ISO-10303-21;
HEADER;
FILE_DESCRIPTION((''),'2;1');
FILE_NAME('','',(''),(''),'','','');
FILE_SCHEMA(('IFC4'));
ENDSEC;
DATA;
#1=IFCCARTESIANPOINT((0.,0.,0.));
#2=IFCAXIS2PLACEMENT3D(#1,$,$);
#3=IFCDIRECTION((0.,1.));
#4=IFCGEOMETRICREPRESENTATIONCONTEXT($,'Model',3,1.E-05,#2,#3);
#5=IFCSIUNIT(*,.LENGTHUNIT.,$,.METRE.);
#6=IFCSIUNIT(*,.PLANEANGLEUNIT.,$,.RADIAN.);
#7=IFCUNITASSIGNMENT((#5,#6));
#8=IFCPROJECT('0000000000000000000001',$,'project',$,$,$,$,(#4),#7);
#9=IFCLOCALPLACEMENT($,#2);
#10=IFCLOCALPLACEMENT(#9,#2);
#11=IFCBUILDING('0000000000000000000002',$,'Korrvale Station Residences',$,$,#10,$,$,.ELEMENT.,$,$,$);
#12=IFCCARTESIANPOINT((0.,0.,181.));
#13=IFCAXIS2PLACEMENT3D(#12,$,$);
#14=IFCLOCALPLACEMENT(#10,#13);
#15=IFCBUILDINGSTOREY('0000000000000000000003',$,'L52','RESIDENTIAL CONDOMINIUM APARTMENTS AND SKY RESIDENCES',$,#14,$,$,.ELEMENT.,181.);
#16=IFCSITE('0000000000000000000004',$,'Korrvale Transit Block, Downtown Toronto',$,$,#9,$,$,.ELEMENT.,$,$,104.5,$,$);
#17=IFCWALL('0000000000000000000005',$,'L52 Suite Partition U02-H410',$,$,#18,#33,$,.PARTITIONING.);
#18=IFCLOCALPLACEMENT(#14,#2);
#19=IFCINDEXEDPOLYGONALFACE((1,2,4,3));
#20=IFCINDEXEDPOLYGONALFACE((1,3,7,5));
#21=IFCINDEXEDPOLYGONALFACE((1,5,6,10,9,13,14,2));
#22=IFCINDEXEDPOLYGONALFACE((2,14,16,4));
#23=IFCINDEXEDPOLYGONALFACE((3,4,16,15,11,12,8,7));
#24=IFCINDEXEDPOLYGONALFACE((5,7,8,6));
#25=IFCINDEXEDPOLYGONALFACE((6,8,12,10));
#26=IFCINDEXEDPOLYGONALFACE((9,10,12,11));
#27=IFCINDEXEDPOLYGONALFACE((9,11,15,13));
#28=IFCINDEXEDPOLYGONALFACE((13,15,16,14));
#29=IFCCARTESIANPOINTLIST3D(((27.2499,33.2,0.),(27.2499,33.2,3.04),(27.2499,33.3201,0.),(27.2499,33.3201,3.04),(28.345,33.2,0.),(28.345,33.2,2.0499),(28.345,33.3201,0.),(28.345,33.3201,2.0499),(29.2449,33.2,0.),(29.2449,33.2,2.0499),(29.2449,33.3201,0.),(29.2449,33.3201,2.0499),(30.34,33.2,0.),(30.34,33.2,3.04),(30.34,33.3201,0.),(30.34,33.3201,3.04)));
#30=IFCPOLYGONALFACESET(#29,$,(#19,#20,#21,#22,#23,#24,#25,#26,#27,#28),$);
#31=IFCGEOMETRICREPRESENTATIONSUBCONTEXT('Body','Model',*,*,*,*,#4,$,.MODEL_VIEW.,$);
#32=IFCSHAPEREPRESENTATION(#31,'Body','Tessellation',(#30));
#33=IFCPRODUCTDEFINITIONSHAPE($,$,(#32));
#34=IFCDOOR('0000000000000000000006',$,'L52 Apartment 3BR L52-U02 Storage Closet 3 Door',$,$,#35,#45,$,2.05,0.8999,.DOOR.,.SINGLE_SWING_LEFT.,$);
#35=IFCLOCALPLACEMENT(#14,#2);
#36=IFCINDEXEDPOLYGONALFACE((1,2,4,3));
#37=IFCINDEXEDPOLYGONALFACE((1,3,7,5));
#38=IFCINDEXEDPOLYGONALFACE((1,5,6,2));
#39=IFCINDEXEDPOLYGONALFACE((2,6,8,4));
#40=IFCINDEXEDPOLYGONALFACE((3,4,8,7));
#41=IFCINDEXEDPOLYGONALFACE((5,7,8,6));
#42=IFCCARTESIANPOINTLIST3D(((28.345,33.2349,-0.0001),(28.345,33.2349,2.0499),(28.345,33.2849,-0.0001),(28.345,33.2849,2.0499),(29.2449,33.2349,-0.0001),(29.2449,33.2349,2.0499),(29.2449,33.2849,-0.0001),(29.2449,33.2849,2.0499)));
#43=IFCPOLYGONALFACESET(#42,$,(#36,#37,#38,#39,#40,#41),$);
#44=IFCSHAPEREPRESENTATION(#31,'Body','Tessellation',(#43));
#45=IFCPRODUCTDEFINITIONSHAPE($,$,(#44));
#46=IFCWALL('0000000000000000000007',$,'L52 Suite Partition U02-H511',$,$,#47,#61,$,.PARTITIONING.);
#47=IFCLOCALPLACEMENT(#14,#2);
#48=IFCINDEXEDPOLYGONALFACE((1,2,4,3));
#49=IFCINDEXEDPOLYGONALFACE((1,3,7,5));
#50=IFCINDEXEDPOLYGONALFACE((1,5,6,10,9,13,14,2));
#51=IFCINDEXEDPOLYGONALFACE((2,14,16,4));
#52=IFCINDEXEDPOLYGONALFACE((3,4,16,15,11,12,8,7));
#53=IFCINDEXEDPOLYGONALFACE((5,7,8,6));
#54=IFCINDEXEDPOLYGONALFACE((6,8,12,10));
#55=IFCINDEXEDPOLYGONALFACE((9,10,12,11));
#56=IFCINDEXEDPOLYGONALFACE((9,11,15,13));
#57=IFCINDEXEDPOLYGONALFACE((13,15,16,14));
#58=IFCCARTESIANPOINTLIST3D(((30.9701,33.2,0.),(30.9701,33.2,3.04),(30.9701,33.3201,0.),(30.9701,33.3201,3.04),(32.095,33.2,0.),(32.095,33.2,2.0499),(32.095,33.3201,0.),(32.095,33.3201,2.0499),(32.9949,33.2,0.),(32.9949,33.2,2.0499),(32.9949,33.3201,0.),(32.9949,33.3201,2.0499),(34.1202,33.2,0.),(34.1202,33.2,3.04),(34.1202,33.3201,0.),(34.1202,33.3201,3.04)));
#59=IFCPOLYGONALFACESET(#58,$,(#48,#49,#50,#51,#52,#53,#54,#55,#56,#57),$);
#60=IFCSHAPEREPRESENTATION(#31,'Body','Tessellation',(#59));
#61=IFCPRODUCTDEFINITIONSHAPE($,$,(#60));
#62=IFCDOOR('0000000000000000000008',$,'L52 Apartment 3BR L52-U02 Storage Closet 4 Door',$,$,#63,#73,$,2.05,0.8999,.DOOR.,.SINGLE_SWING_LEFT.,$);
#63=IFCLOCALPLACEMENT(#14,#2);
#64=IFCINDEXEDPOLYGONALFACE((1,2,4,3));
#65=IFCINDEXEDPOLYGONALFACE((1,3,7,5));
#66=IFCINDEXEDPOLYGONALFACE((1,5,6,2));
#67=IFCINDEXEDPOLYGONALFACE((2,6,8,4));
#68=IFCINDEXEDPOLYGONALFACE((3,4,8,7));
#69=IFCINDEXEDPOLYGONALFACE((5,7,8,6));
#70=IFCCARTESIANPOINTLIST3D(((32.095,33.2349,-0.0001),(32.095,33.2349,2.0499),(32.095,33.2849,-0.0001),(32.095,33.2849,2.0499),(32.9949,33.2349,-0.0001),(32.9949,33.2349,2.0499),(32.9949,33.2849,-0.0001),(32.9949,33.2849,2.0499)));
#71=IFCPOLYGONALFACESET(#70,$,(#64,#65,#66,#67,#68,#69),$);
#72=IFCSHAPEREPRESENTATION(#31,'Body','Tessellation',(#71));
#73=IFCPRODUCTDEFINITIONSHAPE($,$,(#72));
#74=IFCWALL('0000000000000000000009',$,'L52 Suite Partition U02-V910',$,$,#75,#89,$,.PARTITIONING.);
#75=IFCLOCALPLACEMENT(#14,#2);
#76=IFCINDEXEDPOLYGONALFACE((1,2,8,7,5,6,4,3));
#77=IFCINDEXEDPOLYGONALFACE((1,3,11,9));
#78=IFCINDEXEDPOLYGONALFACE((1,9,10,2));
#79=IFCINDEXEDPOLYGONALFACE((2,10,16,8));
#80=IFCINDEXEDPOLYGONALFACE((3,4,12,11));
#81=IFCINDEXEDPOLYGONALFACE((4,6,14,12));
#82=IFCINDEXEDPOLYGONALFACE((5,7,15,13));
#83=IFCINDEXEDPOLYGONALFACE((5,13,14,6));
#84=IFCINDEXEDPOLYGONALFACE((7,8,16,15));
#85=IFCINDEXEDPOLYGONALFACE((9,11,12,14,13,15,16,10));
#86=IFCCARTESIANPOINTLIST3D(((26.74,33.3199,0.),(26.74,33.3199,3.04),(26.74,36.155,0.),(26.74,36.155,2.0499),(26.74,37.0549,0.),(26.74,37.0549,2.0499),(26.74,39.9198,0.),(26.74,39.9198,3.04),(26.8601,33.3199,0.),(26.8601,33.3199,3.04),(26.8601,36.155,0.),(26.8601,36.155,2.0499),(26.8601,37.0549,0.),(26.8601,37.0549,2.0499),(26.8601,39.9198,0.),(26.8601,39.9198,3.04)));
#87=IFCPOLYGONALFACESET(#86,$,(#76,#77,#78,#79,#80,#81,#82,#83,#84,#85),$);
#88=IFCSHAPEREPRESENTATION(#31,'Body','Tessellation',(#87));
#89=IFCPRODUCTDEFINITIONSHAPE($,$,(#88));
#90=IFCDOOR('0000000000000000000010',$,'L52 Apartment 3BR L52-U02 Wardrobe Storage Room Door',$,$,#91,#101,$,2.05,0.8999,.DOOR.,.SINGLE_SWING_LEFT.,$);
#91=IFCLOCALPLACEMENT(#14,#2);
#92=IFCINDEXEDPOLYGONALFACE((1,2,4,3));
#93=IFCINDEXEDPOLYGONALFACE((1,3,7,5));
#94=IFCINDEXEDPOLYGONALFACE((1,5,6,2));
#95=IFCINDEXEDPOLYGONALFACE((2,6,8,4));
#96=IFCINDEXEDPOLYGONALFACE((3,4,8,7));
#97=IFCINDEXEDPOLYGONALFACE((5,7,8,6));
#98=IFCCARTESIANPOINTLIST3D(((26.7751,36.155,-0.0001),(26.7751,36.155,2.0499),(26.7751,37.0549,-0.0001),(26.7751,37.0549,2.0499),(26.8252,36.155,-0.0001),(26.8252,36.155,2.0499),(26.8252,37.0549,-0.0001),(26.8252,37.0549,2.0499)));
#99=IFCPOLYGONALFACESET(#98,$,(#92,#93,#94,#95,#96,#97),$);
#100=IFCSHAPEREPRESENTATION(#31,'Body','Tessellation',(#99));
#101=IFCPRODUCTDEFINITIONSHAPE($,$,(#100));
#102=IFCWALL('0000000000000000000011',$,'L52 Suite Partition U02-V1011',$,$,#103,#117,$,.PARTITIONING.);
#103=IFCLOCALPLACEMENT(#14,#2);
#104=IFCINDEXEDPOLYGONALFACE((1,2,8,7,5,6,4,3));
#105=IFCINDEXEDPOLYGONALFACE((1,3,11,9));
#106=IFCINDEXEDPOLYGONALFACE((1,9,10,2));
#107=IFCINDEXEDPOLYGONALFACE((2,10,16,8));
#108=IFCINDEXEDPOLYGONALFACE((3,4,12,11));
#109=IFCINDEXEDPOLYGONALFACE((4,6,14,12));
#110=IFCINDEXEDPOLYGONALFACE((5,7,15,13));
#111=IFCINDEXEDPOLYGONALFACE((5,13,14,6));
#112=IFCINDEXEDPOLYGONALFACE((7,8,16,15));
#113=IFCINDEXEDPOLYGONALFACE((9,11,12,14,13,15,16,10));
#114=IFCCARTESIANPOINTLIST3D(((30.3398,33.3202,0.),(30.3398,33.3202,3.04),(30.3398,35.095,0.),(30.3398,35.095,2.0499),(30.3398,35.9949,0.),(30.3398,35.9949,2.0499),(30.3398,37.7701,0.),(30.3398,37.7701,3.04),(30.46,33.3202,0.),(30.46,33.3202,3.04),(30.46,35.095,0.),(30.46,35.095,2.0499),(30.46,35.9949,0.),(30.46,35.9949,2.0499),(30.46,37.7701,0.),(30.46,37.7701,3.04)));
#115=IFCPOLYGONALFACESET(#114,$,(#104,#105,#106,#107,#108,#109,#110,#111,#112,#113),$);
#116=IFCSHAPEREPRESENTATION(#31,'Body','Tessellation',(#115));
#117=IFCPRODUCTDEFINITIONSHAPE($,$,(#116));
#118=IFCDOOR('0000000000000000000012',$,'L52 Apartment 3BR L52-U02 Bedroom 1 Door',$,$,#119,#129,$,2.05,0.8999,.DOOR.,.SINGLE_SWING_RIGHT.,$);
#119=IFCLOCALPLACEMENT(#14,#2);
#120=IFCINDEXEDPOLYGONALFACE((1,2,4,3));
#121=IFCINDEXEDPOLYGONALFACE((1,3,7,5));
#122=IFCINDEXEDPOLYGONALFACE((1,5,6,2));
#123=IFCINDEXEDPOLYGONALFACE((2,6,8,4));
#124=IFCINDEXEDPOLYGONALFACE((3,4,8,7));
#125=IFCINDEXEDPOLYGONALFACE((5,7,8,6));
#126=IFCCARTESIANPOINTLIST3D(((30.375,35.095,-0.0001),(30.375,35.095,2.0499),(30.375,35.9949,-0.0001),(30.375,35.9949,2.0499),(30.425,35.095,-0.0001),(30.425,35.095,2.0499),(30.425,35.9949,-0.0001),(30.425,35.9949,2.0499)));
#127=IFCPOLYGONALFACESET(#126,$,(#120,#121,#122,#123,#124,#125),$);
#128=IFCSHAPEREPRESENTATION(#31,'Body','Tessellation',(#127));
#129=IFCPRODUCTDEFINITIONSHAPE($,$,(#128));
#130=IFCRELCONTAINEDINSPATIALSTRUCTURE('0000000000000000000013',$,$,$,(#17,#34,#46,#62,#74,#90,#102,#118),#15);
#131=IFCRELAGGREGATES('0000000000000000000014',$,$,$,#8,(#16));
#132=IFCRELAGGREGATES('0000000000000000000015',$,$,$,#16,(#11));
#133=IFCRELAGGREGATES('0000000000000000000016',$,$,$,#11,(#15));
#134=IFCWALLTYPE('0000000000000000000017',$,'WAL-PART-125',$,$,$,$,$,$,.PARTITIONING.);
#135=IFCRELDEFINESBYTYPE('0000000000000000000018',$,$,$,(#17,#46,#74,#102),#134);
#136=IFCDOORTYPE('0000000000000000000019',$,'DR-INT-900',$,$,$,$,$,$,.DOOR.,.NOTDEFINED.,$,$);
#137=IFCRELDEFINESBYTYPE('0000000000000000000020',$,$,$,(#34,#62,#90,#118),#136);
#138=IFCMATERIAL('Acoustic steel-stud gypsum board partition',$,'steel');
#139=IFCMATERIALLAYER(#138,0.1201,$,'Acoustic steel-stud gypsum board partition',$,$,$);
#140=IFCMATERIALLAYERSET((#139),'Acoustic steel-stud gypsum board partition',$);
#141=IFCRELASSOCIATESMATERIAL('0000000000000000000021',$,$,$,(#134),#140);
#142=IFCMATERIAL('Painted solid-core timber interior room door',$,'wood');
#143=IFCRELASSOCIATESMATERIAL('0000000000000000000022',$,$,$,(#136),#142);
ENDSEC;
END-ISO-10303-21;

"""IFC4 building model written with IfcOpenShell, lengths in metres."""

from ifc_helpers import new_model, si_unit, direction, frame, frame_2d, origin, place, context, subcontext, project, spatial, rectangle, extrude, material, layer, layer_set, type_object, element, fill, save


model = new_model("IFC4")

# Units and contexts
model_context = context("Model", 3, precision=1e-05, world=origin(), true_north=direction((0.0, 1.0)))
body_context = subcontext(model_context, "Body", "Model", "MODEL_VIEW")
ifc_project = project(units=[si_unit("LENGTHUNIT", "METRE"), si_unit("PLANEANGLEUNIT", "RADIAN")], contexts=[model_context])

# Site, building, storey
site_placement = place(None, origin())
site = spatial("IfcSite", under=ifc_project, at=site_placement, Name="Korrvale Transit Block, Downtown Toronto", CompositionType="ELEMENT", RefElevation=104.5)
building_placement = place(site_placement, origin())
building = spatial("IfcBuilding", under=site, at=building_placement, Name="Korrvale Station Residences", CompositionType="ELEMENT")
storey_placement = place(building_placement, frame((0.0, 0.0, 181.0)))
storey = spatial("IfcBuildingStorey", under=building, at=storey_placement, Name="L52", Description="RESIDENTIAL CONDOMINIUM APARTMENTS AND SKY RESIDENCES", CompositionType="ELEMENT", Elevation=181.0)

# Walls, openings, doors
ifc_material_1 = material(Name="Acoustic steel-stud gypsum board partition", Category="steel")
ifc_layer_1 = layer(ifc_material_1, 0.1201, Name="Acoustic steel-stud gypsum board partition")
ifc_layer_set_1 = layer_set([ifc_layer_1], Name="Acoustic steel-stud gypsum board partition")
wall_type_1 = type_object("IfcWallType", Name="WAL-PART-125", PredefinedType="PARTITIONING", material=ifc_layer_set_1)
ifc_material_2 = material(Name="Painted solid-core timber interior room door", Category="wood")
door_type_1 = type_object("IfcDoorType", Name="DR-INT-900", OperationType="NOTDEFINED", PredefinedType="DOOR", material=ifc_material_2)
wall_1_placement = place(storey_placement, frame((27.25, 33.26, 0.0), z_axis=(0.0, 0.0, 1.0), x_axis=(1.0, 0.0, 0.0)))
wall_1 = element("IfcWall", 1, at=wall_1_placement, inside=storey, type_object=wall_type_1, Name="L52 Suite Partition U02-H410", PredefinedType="PARTITIONING", context=body_context, shape_type="SweptSolid", body=[
    extrude(rectangle(XDim=3.0901, YDim=0.1201, at=frame_2d((1.5449, 0.0))), origin(), (0.0, 0.0, 1.0), 3.04),
])
opening_1_placement = place(wall_1_placement, frame((1.095, 0.0, 0.0)))
opening_1 = element("IfcOpeningElement", 2, at=opening_1_placement, cuts=wall_1, PredefinedType="OPENING", context=body_context, shape_type="SweptSolid", body=[
    extrude(rectangle(XDim=0.8999, YDim=2.05, at=frame_2d((0.45, 1.0249))), frame((0.0, 0.0701, 0.0), z_axis=(0.0, -1.0, 0.0), x_axis=(1.0, 0.0, 0.0)), (0.0, 0.0, 1.0), 0.1401),
])
door_1_placement = place(opening_1_placement, origin())
door_1 = element("IfcDoor", 3, at=door_1_placement, inside=storey, type_object=door_type_1, Name="L52 Apartment 3BR L52-U02 Storage Closet 3 Door", OperationType="SINGLE_SWING_LEFT", OverallHeight=2.05, OverallWidth=0.8999, PredefinedType="DOOR", context=body_context, shape_type="SweptSolid", body=[
    extrude(rectangle(XDim=0.8999, YDim=2.05, at=frame_2d((0.45, 1.0249))), frame((0.0, 0.0249, 0.0), z_axis=(0.0, -1.0, 0.0), x_axis=(1.0, 0.0, 0.0)), (0.0, 0.0, 1.0), 0.05),
])
fill(opening_1, door_1)
wall_2_placement = place(storey_placement, frame((30.97, 33.26, 0.0), z_axis=(0.0, 0.0, 1.0), x_axis=(1.0, 0.0, 0.0)))
wall_2 = element("IfcWall", 4, at=wall_2_placement, inside=storey, type_object=wall_type_1, Name="L52 Suite Partition U02-H511", PredefinedType="PARTITIONING", context=body_context, shape_type="SweptSolid", body=[
    extrude(rectangle(XDim=3.1501, YDim=0.1201, at=frame_2d((1.5752, 0.0))), origin(), (0.0, 0.0, 1.0), 3.04),
])
opening_2_placement = place(wall_2_placement, frame((1.125, 0.0, 0.0)))
opening_2 = element("IfcOpeningElement", 5, at=opening_2_placement, cuts=wall_2, PredefinedType="OPENING", context=body_context, shape_type="SweptSolid", body=[
    extrude(rectangle(XDim=0.8999, YDim=2.05, at=frame_2d((0.45, 1.0249))), frame((0.0, 0.0701, 0.0), z_axis=(0.0, -1.0, 0.0), x_axis=(1.0, 0.0, 0.0)), (0.0, 0.0, 1.0), 0.1401),
])
door_2_placement = place(opening_2_placement, origin())
door_2 = element("IfcDoor", 6, at=door_2_placement, inside=storey, type_object=door_type_1, Name="L52 Apartment 3BR L52-U02 Storage Closet 4 Door", OperationType="SINGLE_SWING_LEFT", OverallHeight=2.05, OverallWidth=0.8999, PredefinedType="DOOR", context=body_context, shape_type="SweptSolid", body=[
    extrude(rectangle(XDim=0.8999, YDim=2.05, at=frame_2d((0.45, 1.0249))), frame((0.0, 0.0249, 0.0), z_axis=(0.0, -1.0, 0.0), x_axis=(1.0, 0.0, 0.0)), (0.0, 0.0, 1.0), 0.05),
])
fill(opening_2, door_2)
wall_3_placement = place(storey_placement, frame((26.8, 33.3201, 0.0), z_axis=(0.0, 0.0, 1.0), x_axis=(0.0, 1.0, 0.0)))
wall_3 = element("IfcWall", 7, at=wall_3_placement, inside=storey, type_object=wall_type_1, Name="L52 Suite Partition U02-V910", PredefinedType="PARTITIONING", context=body_context, shape_type="SweptSolid", body=[
    extrude(rectangle(XDim=6.5999, YDim=0.1201, at=frame_2d((3.2998, 0.0))), origin(), (0.0, 0.0, 1.0), 3.04),
])
opening_3_placement = place(wall_3_placement, frame((2.835, 0.0, 0.0)))
opening_3 = element("IfcOpeningElement", 8, at=opening_3_placement, cuts=wall_3, PredefinedType="OPENING", context=body_context, shape_type="SweptSolid", body=[
    extrude(rectangle(XDim=0.8999, YDim=2.05, at=frame_2d((0.45, 1.0249))), frame((0.0, 0.0701, 0.0), z_axis=(0.0, -1.0, 0.0), x_axis=(1.0, 0.0, 0.0)), (0.0, 0.0, 1.0), 0.1401),
])
door_3_placement = place(opening_3_placement, origin())
door_3 = element("IfcDoor", 9, at=door_3_placement, inside=storey, type_object=door_type_1, Name="L52 Apartment 3BR L52-U02 Wardrobe Storage Room Door", OperationType="SINGLE_SWING_LEFT", OverallHeight=2.05, OverallWidth=0.8999, PredefinedType="DOOR", context=body_context, shape_type="SweptSolid", body=[
    extrude(rectangle(XDim=0.8999, YDim=2.05, at=frame_2d((0.45, 1.0249))), frame((0.0, 0.0249, 0.0), z_axis=(0.0, -1.0, 0.0), x_axis=(1.0, 0.0, 0.0)), (0.0, 0.0, 1.0), 0.05),
])
fill(opening_3, door_3)
wall_4_placement = place(storey_placement, frame((30.3999, 33.3201, 0.0), z_axis=(0.0, 0.0, 1.0), x_axis=(0.0, 1.0, 0.0)))
wall_4 = element("IfcWall", 10, at=wall_4_placement, inside=storey, type_object=wall_type_1, Name="L52 Suite Partition U02-V1011", PredefinedType="PARTITIONING", context=body_context, shape_type="SweptSolid", body=[
    extrude(rectangle(XDim=4.45, YDim=0.1201, at=frame_2d((2.2251, 0.0))), origin(), (0.0, 0.0, 1.0), 3.04),
])
opening_4_placement = place(wall_4_placement, frame((1.7749, 0.0, 0.0)))
opening_4 = element("IfcOpeningElement", 11, at=opening_4_placement, cuts=wall_4, PredefinedType="OPENING", context=body_context, shape_type="SweptSolid", body=[
    extrude(rectangle(XDim=0.8999, YDim=2.05, at=frame_2d((0.45, 1.0249))), frame((0.0, 0.0701, 0.0), z_axis=(0.0, -1.0, 0.0), x_axis=(1.0, 0.0, 0.0)), (0.0, 0.0, 1.0), 0.1401),
])
door_4_placement = place(opening_4_placement, origin())
door_4 = element("IfcDoor", 12, at=door_4_placement, inside=storey, type_object=door_type_1, Name="L52 Apartment 3BR L52-U02 Bedroom 1 Door", OperationType="SINGLE_SWING_RIGHT", OverallHeight=2.05, OverallWidth=0.8999, PredefinedType="DOOR", context=body_context, shape_type="SweptSolid", body=[
    extrude(rectangle(XDim=0.8999, YDim=2.05, at=frame_2d((0.45, 1.0249))), frame((0.0, 0.0249, 0.0), z_axis=(0.0, -1.0, 0.0), x_axis=(1.0, 0.0, 0.0)), (0.0, 0.0, 1.0), 0.05),
])
fill(opening_4, door_4)

save(model, "model.ifc")
